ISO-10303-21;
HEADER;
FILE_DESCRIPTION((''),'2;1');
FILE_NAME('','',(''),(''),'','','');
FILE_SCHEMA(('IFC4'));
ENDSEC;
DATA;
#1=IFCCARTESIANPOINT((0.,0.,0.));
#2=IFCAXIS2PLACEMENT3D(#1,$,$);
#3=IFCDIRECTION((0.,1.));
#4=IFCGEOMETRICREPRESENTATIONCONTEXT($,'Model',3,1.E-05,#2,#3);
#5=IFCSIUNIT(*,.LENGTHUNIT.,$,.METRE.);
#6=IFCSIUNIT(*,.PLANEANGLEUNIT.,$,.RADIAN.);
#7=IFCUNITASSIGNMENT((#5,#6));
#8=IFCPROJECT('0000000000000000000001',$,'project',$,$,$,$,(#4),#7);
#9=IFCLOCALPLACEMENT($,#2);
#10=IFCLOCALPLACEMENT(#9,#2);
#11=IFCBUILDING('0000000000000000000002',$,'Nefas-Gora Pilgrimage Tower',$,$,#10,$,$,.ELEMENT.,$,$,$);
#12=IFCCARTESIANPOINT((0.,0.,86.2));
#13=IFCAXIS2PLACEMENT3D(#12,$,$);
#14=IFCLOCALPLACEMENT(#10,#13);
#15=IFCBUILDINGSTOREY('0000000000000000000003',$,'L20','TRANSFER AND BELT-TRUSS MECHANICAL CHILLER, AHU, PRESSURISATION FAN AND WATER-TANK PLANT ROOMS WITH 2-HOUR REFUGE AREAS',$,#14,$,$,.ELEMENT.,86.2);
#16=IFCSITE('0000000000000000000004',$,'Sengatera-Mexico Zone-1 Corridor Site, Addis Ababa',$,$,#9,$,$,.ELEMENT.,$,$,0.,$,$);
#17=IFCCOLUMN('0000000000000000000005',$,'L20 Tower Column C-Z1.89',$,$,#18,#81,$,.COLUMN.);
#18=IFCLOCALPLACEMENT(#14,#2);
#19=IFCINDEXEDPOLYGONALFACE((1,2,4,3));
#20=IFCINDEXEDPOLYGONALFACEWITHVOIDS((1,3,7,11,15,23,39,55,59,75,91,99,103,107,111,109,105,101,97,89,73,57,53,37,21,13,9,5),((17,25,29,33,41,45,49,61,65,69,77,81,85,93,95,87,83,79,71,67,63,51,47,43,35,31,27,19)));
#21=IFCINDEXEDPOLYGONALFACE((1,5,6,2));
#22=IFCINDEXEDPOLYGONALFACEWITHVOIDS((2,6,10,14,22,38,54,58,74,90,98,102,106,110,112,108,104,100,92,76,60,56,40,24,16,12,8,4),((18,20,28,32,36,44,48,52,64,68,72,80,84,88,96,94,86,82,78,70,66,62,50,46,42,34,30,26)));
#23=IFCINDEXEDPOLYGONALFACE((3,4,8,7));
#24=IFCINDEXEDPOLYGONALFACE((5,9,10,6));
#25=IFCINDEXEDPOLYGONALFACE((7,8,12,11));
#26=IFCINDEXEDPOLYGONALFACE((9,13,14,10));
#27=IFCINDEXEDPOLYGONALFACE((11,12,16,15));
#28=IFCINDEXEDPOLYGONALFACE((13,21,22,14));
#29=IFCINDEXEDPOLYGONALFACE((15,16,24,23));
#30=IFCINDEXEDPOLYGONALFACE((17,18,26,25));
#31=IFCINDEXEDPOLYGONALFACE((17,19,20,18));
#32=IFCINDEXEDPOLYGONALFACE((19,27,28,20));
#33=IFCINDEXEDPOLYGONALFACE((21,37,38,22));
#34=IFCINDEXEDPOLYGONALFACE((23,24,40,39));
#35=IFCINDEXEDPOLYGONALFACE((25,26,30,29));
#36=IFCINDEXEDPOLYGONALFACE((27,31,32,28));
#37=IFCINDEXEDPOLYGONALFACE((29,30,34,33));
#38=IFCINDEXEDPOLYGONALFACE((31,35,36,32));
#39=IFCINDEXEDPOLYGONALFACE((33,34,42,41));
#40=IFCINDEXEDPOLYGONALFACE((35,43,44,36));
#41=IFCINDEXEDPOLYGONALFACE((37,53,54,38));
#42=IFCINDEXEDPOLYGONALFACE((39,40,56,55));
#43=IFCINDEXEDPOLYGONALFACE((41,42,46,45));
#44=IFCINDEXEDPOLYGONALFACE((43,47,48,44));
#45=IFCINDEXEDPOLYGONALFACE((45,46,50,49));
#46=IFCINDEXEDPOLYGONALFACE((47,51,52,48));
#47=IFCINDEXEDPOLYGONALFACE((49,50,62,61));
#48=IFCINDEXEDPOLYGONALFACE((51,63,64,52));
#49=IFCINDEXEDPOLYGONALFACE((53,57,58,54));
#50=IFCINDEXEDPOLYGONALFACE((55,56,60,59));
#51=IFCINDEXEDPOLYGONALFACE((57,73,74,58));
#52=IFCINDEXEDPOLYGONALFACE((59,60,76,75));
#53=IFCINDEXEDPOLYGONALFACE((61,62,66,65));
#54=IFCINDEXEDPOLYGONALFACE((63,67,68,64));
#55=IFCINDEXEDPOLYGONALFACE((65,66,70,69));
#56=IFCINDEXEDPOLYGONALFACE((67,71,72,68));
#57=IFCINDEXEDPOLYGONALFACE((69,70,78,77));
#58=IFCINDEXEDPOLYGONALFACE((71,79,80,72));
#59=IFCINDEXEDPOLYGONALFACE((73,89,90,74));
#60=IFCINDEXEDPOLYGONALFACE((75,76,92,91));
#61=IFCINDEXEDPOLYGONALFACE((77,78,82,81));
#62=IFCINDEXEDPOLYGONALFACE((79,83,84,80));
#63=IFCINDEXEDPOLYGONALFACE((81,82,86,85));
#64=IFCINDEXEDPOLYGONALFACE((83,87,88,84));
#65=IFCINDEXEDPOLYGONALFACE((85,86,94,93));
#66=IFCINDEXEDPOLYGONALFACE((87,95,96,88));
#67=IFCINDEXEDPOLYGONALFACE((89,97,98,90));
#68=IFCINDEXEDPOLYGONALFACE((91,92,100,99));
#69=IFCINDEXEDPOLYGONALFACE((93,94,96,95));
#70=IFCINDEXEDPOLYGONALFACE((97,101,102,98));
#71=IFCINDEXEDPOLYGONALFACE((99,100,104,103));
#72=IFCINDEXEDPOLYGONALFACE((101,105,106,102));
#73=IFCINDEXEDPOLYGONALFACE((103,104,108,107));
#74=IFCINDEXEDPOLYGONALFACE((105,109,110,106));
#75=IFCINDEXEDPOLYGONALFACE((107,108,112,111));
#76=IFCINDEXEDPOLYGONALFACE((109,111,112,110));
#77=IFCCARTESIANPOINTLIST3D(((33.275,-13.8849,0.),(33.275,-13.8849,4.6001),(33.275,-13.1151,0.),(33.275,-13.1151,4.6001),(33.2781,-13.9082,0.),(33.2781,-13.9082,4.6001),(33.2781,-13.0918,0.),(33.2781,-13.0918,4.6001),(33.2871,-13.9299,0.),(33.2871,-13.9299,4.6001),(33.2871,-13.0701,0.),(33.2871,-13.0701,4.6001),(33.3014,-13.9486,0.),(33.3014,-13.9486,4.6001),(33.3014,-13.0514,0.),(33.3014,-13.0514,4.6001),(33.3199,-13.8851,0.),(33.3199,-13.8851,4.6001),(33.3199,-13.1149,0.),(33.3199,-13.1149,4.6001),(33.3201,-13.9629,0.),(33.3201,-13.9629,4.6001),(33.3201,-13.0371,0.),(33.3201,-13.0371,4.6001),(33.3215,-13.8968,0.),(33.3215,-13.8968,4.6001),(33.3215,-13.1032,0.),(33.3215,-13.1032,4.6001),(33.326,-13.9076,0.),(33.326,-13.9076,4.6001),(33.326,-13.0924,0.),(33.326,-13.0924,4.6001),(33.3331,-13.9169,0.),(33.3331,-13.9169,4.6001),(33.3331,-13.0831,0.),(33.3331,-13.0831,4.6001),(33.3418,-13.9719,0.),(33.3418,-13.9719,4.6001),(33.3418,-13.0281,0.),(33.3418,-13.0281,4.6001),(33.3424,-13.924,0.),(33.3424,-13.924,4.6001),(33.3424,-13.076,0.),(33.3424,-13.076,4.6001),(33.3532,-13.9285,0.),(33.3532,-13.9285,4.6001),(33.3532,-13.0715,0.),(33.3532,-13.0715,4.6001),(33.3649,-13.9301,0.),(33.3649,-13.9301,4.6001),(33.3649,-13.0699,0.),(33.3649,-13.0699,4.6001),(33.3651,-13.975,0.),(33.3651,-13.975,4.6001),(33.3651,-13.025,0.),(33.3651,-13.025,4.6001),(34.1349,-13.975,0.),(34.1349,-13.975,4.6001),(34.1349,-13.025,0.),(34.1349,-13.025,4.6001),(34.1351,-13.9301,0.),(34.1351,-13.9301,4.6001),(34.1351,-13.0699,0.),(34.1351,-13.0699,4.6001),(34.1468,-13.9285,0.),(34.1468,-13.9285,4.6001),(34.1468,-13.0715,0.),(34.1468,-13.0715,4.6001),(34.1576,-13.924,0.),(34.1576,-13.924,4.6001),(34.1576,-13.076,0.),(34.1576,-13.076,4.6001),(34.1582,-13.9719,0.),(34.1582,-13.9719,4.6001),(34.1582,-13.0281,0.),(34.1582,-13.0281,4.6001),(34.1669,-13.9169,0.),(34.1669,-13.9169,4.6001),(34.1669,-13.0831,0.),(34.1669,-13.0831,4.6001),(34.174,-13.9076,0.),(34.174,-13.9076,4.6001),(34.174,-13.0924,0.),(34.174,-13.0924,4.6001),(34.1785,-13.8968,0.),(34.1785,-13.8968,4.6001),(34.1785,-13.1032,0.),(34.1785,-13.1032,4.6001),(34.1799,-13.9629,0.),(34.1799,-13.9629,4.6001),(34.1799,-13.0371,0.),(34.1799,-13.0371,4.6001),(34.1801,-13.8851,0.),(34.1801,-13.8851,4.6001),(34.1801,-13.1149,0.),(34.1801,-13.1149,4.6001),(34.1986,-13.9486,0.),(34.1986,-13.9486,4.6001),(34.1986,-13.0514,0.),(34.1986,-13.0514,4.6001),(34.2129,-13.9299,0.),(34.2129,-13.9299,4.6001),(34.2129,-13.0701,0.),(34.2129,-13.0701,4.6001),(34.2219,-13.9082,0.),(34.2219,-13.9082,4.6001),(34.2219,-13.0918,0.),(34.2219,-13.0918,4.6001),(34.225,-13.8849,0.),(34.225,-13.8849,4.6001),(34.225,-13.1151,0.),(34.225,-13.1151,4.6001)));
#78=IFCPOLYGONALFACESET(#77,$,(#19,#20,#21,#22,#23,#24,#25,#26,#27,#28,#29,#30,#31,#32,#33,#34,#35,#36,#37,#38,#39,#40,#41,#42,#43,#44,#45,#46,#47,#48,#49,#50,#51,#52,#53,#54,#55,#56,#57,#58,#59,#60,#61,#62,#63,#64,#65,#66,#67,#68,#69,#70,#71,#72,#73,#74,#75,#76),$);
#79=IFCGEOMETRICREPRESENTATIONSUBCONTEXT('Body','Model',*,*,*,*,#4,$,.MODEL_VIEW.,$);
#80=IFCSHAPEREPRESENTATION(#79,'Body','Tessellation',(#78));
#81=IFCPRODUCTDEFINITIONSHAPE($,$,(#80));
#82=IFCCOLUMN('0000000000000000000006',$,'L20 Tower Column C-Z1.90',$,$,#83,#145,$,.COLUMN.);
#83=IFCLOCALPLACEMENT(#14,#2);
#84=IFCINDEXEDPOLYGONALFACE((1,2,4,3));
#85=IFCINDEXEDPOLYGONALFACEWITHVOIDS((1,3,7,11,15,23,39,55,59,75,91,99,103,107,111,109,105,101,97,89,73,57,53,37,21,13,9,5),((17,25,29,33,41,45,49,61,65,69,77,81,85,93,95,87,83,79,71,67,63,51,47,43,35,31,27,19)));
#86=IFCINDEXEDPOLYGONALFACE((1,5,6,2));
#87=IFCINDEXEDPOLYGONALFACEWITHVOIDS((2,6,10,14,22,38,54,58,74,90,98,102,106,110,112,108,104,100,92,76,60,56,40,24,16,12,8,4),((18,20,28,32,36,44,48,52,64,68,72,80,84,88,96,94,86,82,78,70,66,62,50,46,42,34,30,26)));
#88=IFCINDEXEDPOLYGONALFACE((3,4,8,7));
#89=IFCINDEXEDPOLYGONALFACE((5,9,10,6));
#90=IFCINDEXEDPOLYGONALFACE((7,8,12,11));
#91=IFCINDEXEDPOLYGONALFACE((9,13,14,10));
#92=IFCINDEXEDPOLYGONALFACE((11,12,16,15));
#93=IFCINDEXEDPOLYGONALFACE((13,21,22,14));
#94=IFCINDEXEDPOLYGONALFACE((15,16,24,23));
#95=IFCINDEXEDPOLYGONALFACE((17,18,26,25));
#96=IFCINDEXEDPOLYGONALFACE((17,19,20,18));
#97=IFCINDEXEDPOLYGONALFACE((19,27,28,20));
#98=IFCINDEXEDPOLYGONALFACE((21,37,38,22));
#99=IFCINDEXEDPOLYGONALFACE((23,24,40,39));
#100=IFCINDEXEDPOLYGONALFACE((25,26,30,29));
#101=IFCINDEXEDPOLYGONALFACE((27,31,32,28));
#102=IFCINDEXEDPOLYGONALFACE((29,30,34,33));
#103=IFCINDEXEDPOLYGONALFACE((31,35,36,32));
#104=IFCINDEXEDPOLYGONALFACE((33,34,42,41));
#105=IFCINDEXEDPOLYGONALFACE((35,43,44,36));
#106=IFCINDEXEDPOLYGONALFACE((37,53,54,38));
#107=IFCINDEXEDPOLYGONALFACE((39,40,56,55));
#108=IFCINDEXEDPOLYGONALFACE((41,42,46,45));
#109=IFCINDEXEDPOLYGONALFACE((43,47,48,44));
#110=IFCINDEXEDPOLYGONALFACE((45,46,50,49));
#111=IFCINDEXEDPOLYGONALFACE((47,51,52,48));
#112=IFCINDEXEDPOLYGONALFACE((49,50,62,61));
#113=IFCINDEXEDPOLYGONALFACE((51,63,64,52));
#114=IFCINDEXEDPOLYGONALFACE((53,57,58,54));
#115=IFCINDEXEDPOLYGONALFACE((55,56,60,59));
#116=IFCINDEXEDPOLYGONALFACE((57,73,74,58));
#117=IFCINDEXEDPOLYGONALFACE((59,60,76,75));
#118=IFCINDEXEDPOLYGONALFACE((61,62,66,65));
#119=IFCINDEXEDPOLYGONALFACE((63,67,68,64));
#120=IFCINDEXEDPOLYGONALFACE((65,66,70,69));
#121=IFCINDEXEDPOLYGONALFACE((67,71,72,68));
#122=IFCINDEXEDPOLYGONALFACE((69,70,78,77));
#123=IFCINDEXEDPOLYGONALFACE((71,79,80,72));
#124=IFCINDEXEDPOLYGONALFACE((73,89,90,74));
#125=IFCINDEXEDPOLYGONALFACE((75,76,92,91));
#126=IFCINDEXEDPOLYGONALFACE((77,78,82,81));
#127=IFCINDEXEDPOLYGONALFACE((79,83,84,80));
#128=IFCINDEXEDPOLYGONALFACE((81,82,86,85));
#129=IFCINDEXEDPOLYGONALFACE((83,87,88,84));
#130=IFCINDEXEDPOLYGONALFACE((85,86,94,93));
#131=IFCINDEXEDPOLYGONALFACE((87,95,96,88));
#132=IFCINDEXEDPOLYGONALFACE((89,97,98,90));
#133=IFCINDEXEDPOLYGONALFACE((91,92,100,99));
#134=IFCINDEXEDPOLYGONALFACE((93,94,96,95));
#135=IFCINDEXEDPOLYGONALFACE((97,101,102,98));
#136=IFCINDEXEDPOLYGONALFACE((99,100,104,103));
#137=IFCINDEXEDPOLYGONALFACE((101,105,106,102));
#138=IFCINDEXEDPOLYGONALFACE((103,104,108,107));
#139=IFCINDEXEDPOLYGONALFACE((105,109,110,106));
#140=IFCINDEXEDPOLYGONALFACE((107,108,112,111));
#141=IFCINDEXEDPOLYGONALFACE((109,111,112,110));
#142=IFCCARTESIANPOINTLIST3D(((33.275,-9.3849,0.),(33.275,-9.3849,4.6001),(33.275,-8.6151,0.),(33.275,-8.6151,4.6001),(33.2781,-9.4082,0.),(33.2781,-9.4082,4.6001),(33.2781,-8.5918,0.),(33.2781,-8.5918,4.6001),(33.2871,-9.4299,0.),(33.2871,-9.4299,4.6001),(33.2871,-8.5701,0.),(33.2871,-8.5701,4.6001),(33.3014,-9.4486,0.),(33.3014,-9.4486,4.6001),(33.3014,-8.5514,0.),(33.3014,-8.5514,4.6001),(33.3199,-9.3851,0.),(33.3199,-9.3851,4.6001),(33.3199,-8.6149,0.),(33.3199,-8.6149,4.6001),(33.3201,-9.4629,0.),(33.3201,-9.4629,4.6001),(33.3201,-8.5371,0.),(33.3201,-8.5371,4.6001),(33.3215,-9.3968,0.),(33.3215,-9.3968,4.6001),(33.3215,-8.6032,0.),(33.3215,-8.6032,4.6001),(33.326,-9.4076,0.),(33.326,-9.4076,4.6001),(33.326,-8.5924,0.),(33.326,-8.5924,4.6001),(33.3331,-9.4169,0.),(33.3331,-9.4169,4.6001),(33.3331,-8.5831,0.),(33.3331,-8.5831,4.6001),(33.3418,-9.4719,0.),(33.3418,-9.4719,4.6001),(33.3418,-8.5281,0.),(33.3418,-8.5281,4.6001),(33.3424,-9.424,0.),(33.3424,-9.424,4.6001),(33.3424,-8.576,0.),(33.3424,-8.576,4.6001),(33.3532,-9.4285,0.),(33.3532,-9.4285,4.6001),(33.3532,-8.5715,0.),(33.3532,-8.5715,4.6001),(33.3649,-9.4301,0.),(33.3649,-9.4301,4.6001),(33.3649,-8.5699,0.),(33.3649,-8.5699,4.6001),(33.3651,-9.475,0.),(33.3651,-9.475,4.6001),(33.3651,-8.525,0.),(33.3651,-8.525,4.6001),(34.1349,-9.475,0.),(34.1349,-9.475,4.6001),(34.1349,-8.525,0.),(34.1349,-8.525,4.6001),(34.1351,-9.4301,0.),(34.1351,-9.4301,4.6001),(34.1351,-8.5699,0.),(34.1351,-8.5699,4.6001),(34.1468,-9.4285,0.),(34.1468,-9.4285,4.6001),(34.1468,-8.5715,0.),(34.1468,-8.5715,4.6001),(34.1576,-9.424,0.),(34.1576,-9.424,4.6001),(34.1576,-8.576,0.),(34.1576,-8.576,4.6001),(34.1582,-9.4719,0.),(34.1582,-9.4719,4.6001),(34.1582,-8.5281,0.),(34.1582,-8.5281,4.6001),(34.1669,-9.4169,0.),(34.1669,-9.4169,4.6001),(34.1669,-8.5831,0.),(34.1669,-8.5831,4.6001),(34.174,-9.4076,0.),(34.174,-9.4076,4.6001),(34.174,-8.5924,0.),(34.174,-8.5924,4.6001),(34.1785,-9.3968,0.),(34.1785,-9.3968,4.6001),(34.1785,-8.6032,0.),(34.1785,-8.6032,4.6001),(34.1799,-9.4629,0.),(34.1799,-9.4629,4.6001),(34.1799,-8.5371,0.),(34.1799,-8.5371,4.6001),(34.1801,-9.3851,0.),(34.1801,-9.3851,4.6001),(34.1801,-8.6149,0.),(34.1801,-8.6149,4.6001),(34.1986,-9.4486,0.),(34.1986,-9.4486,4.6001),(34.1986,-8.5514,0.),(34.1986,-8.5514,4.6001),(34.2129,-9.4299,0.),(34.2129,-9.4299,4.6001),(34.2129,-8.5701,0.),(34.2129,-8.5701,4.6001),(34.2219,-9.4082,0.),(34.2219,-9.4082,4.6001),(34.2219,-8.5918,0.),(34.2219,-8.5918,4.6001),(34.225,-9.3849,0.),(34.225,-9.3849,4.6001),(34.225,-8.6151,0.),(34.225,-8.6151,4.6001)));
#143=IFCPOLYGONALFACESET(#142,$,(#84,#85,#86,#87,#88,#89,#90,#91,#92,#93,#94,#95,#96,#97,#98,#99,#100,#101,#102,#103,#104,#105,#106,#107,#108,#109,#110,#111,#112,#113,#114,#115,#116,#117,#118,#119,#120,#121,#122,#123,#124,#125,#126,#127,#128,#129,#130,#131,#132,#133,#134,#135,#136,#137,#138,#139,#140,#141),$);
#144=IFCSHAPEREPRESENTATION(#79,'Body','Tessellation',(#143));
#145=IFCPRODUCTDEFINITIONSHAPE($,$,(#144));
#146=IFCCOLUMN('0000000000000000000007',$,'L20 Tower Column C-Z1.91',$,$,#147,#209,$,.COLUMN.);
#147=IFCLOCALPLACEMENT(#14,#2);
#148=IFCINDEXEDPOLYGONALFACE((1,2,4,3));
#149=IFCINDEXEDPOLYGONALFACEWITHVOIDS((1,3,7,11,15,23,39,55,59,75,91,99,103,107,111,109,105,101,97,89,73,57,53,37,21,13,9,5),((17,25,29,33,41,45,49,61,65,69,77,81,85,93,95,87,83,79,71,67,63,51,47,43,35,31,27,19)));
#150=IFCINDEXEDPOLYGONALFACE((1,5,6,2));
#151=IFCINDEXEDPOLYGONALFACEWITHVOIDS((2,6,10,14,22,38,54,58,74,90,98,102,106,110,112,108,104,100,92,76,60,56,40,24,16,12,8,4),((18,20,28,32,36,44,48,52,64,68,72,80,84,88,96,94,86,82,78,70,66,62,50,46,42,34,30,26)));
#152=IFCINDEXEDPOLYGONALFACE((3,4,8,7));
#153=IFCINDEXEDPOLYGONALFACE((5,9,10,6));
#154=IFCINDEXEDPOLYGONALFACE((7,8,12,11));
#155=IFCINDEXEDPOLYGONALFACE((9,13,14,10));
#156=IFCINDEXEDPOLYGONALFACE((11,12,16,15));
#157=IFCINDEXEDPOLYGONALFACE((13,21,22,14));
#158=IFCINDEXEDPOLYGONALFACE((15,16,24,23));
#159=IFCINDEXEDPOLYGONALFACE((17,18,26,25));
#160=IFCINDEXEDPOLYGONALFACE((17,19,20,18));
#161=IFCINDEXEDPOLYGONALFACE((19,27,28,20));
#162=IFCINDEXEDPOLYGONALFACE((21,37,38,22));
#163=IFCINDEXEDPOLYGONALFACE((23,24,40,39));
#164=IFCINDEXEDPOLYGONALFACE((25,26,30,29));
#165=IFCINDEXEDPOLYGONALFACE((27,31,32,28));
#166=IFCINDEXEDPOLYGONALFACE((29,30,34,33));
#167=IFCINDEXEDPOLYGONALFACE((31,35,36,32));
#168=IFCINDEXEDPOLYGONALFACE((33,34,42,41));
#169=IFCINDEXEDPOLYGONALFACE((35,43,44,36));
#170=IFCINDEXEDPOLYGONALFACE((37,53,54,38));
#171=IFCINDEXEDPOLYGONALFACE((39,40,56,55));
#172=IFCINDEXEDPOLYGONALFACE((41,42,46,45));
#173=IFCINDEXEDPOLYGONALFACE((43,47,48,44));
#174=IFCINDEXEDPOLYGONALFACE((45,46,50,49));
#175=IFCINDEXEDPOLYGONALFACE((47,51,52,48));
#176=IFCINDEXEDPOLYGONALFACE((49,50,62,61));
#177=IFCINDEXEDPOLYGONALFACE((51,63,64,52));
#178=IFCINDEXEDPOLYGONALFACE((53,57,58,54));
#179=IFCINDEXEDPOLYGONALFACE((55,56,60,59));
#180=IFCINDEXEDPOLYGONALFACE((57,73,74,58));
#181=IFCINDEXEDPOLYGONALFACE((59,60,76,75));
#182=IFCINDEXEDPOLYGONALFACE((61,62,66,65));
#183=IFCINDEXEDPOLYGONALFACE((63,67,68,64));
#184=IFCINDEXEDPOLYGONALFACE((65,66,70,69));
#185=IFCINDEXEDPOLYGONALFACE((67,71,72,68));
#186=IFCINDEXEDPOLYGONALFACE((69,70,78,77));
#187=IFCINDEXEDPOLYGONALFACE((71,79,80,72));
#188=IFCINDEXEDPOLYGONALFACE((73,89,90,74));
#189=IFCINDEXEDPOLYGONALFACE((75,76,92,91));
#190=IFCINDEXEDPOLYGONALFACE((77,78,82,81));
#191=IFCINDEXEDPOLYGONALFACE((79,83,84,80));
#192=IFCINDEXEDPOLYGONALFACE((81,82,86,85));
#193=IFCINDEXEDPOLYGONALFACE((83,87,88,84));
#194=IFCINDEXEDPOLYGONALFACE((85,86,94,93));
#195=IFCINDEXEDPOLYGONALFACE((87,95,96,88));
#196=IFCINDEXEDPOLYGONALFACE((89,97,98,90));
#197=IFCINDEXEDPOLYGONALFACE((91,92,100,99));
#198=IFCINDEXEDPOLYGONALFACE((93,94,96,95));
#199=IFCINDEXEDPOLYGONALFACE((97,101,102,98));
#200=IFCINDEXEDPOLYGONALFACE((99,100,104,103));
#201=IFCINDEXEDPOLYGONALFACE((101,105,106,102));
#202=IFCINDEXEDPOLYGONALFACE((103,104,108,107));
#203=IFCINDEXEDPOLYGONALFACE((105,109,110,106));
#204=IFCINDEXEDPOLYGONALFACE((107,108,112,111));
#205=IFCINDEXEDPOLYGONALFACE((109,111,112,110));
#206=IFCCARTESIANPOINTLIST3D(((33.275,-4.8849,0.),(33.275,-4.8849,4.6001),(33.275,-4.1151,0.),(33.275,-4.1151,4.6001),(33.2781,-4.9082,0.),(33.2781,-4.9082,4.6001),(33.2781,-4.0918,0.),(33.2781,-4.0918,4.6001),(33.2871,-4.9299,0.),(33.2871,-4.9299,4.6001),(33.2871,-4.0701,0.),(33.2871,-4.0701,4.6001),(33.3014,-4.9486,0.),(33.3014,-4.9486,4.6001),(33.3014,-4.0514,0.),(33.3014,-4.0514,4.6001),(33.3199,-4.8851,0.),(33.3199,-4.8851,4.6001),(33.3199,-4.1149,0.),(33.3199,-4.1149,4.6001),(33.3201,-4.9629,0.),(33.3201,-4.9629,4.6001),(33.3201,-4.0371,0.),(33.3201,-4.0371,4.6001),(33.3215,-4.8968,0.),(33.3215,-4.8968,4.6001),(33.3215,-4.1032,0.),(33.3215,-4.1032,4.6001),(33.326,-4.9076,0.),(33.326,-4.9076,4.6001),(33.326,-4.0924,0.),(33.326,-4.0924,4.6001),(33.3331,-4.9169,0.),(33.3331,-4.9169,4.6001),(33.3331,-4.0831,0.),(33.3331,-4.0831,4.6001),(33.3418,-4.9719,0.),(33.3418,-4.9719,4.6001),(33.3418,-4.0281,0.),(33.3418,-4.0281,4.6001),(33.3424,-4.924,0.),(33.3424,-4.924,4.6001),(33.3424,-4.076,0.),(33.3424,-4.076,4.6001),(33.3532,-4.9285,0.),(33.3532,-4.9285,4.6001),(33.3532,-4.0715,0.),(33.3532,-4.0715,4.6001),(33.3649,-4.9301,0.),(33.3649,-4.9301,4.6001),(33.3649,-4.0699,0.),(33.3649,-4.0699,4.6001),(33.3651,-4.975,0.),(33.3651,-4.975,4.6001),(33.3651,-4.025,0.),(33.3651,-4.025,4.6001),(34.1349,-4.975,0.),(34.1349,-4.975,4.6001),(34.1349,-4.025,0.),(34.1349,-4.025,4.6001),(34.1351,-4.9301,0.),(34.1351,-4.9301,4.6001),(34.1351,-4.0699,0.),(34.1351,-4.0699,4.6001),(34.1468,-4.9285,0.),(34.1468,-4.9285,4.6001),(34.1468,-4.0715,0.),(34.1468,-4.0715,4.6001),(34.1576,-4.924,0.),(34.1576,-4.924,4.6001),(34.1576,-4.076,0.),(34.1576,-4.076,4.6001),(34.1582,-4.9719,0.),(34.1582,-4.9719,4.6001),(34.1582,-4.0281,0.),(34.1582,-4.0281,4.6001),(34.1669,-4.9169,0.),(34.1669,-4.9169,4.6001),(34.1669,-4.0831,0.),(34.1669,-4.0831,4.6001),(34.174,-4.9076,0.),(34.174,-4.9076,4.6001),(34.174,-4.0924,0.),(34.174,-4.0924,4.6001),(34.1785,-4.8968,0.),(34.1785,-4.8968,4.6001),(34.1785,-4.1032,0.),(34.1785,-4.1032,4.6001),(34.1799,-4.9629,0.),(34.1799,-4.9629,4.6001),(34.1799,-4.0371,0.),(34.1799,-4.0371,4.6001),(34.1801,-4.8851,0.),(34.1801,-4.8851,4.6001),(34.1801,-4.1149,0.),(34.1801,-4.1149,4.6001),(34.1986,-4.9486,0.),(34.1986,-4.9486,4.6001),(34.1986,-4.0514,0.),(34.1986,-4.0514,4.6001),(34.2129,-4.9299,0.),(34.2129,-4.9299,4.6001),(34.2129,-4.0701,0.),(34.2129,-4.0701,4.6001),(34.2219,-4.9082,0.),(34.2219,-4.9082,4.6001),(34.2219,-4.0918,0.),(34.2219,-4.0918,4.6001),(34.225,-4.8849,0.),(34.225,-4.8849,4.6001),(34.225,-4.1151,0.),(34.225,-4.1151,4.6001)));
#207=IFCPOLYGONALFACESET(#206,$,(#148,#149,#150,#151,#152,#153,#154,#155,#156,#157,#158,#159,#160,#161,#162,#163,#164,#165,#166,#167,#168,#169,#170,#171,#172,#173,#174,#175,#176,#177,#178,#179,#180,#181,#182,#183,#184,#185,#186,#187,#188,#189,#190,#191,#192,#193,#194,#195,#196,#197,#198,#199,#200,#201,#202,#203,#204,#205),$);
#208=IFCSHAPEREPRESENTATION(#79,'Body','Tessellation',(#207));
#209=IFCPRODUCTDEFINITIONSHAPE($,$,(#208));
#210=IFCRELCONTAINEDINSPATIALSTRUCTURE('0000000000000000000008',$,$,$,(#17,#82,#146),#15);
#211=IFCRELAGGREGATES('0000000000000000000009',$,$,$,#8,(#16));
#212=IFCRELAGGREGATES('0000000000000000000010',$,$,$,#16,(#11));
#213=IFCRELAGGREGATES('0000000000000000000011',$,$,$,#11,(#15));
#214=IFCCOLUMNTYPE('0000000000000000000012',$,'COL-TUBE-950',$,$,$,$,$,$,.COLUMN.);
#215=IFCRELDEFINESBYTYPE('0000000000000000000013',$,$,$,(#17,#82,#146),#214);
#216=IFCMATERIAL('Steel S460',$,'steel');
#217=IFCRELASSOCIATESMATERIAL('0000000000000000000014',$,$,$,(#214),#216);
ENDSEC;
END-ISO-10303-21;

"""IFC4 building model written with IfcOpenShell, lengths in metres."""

from ifc_helpers import new_model, si_unit, direction, frame, origin, origin_2d, place, context, subcontext, project, spatial, hollow_rectangle, extrude, source, transform, mapped, material, material_profile, profile_set, type_object, element, save


model = new_model("IFC4")

# Units and contexts
model_context = context("Model", 3, precision=1e-05, world=origin(), true_north=direction((0.0, 1.0)))
body_context = subcontext(model_context, "Body", "Model", "MODEL_VIEW")
ifc_project = project(units=[si_unit("LENGTHUNIT", "METRE"), si_unit("PLANEANGLEUNIT", "RADIAN")], contexts=[model_context])

# Site, building, storey
site_placement = place(None, origin())
site = spatial("IfcSite", under=ifc_project, at=site_placement, Name="Sengatera-Mexico Zone-1 Corridor Site, Addis Ababa", CompositionType="ELEMENT", RefElevation=0.0)
building_placement = place(site_placement, origin())
building = spatial("IfcBuilding", under=site, at=building_placement, Name="Nefas-Gora Pilgrimage Tower", CompositionType="ELEMENT")
storey_placement = place(building_placement, frame((0.0, 0.0, 86.2)))
storey = spatial("IfcBuildingStorey", under=building, at=storey_placement, Name="L20", Description="TRANSFER AND BELT-TRUSS MECHANICAL CHILLER, AHU, PRESSURISATION FAN AND WATER-TANK PLANT ROOMS WITH 2-HOUR REFUGE AREAS", CompositionType="ELEMENT", Elevation=86.2)

# Columns
ifc_material_1 = material(Name="Steel S460", Category="steel")
ifc_material_profile_1 = material_profile(ifc_material_1, hollow_rectangle(XDim=0.95, YDim=0.95, WallThickness=0.0449, InnerFilletRadius=0.0449, OuterFilletRadius=0.0901, at=origin_2d()), Name="BOX 950x950x45")
ifc_profile_set_1 = profile_set([ifc_material_profile_1], Name="Steel S460")
column_type_1 = type_object("IfcColumnType", Name="COL-TUBE-950", PredefinedType="COLUMN", material=ifc_profile_set_1)
shared_shape_1 = source(origin(), body_context, "Body", "SweptSolid", [
    extrude(hollow_rectangle(XDim=0.95, YDim=0.95, WallThickness=0.0449, InnerFilletRadius=0.0449, OuterFilletRadius=0.0901, at=origin_2d()), origin(), (0.0, 0.0, 1.0), 4.6001),
])
for number, where, z_axis, x_axis, name in (
    (1, (33.75, -13.5, 0.0), (0.0, 0.0, 1.0), (1.0, 0.0, 0.0), "L20 Tower Column C-Z1.89"),
    (2, (33.75, -9.0, 0.0), (0.0, 0.0, 1.0), (1.0, 0.0, 0.0), "L20 Tower Column C-Z1.90"),
    (3, (33.75, -4.5, 0.0), (0.0, 0.0, 1.0), (1.0, 0.0, 0.0), "L20 Tower Column C-Z1.91"),
):
    element("IfcColumn", number, at=place(storey_placement, frame(where, z_axis=z_axis, x_axis=x_axis)), inside=storey, type_object=column_type_1, Name=name, PredefinedType="COLUMN", context=body_context, shape_type="MappedRepresentation", body=[
        mapped(shared_shape_1, transform((0.0, 0.0, 0.0), x_axis=(1.0, 0.0, 0.0), y_axis=(0.0, 1.0, 0.0), z_axis=(0.0, 0.0, 1.0), scale=1.0)),
    ])

save(model, "model.ifc")
